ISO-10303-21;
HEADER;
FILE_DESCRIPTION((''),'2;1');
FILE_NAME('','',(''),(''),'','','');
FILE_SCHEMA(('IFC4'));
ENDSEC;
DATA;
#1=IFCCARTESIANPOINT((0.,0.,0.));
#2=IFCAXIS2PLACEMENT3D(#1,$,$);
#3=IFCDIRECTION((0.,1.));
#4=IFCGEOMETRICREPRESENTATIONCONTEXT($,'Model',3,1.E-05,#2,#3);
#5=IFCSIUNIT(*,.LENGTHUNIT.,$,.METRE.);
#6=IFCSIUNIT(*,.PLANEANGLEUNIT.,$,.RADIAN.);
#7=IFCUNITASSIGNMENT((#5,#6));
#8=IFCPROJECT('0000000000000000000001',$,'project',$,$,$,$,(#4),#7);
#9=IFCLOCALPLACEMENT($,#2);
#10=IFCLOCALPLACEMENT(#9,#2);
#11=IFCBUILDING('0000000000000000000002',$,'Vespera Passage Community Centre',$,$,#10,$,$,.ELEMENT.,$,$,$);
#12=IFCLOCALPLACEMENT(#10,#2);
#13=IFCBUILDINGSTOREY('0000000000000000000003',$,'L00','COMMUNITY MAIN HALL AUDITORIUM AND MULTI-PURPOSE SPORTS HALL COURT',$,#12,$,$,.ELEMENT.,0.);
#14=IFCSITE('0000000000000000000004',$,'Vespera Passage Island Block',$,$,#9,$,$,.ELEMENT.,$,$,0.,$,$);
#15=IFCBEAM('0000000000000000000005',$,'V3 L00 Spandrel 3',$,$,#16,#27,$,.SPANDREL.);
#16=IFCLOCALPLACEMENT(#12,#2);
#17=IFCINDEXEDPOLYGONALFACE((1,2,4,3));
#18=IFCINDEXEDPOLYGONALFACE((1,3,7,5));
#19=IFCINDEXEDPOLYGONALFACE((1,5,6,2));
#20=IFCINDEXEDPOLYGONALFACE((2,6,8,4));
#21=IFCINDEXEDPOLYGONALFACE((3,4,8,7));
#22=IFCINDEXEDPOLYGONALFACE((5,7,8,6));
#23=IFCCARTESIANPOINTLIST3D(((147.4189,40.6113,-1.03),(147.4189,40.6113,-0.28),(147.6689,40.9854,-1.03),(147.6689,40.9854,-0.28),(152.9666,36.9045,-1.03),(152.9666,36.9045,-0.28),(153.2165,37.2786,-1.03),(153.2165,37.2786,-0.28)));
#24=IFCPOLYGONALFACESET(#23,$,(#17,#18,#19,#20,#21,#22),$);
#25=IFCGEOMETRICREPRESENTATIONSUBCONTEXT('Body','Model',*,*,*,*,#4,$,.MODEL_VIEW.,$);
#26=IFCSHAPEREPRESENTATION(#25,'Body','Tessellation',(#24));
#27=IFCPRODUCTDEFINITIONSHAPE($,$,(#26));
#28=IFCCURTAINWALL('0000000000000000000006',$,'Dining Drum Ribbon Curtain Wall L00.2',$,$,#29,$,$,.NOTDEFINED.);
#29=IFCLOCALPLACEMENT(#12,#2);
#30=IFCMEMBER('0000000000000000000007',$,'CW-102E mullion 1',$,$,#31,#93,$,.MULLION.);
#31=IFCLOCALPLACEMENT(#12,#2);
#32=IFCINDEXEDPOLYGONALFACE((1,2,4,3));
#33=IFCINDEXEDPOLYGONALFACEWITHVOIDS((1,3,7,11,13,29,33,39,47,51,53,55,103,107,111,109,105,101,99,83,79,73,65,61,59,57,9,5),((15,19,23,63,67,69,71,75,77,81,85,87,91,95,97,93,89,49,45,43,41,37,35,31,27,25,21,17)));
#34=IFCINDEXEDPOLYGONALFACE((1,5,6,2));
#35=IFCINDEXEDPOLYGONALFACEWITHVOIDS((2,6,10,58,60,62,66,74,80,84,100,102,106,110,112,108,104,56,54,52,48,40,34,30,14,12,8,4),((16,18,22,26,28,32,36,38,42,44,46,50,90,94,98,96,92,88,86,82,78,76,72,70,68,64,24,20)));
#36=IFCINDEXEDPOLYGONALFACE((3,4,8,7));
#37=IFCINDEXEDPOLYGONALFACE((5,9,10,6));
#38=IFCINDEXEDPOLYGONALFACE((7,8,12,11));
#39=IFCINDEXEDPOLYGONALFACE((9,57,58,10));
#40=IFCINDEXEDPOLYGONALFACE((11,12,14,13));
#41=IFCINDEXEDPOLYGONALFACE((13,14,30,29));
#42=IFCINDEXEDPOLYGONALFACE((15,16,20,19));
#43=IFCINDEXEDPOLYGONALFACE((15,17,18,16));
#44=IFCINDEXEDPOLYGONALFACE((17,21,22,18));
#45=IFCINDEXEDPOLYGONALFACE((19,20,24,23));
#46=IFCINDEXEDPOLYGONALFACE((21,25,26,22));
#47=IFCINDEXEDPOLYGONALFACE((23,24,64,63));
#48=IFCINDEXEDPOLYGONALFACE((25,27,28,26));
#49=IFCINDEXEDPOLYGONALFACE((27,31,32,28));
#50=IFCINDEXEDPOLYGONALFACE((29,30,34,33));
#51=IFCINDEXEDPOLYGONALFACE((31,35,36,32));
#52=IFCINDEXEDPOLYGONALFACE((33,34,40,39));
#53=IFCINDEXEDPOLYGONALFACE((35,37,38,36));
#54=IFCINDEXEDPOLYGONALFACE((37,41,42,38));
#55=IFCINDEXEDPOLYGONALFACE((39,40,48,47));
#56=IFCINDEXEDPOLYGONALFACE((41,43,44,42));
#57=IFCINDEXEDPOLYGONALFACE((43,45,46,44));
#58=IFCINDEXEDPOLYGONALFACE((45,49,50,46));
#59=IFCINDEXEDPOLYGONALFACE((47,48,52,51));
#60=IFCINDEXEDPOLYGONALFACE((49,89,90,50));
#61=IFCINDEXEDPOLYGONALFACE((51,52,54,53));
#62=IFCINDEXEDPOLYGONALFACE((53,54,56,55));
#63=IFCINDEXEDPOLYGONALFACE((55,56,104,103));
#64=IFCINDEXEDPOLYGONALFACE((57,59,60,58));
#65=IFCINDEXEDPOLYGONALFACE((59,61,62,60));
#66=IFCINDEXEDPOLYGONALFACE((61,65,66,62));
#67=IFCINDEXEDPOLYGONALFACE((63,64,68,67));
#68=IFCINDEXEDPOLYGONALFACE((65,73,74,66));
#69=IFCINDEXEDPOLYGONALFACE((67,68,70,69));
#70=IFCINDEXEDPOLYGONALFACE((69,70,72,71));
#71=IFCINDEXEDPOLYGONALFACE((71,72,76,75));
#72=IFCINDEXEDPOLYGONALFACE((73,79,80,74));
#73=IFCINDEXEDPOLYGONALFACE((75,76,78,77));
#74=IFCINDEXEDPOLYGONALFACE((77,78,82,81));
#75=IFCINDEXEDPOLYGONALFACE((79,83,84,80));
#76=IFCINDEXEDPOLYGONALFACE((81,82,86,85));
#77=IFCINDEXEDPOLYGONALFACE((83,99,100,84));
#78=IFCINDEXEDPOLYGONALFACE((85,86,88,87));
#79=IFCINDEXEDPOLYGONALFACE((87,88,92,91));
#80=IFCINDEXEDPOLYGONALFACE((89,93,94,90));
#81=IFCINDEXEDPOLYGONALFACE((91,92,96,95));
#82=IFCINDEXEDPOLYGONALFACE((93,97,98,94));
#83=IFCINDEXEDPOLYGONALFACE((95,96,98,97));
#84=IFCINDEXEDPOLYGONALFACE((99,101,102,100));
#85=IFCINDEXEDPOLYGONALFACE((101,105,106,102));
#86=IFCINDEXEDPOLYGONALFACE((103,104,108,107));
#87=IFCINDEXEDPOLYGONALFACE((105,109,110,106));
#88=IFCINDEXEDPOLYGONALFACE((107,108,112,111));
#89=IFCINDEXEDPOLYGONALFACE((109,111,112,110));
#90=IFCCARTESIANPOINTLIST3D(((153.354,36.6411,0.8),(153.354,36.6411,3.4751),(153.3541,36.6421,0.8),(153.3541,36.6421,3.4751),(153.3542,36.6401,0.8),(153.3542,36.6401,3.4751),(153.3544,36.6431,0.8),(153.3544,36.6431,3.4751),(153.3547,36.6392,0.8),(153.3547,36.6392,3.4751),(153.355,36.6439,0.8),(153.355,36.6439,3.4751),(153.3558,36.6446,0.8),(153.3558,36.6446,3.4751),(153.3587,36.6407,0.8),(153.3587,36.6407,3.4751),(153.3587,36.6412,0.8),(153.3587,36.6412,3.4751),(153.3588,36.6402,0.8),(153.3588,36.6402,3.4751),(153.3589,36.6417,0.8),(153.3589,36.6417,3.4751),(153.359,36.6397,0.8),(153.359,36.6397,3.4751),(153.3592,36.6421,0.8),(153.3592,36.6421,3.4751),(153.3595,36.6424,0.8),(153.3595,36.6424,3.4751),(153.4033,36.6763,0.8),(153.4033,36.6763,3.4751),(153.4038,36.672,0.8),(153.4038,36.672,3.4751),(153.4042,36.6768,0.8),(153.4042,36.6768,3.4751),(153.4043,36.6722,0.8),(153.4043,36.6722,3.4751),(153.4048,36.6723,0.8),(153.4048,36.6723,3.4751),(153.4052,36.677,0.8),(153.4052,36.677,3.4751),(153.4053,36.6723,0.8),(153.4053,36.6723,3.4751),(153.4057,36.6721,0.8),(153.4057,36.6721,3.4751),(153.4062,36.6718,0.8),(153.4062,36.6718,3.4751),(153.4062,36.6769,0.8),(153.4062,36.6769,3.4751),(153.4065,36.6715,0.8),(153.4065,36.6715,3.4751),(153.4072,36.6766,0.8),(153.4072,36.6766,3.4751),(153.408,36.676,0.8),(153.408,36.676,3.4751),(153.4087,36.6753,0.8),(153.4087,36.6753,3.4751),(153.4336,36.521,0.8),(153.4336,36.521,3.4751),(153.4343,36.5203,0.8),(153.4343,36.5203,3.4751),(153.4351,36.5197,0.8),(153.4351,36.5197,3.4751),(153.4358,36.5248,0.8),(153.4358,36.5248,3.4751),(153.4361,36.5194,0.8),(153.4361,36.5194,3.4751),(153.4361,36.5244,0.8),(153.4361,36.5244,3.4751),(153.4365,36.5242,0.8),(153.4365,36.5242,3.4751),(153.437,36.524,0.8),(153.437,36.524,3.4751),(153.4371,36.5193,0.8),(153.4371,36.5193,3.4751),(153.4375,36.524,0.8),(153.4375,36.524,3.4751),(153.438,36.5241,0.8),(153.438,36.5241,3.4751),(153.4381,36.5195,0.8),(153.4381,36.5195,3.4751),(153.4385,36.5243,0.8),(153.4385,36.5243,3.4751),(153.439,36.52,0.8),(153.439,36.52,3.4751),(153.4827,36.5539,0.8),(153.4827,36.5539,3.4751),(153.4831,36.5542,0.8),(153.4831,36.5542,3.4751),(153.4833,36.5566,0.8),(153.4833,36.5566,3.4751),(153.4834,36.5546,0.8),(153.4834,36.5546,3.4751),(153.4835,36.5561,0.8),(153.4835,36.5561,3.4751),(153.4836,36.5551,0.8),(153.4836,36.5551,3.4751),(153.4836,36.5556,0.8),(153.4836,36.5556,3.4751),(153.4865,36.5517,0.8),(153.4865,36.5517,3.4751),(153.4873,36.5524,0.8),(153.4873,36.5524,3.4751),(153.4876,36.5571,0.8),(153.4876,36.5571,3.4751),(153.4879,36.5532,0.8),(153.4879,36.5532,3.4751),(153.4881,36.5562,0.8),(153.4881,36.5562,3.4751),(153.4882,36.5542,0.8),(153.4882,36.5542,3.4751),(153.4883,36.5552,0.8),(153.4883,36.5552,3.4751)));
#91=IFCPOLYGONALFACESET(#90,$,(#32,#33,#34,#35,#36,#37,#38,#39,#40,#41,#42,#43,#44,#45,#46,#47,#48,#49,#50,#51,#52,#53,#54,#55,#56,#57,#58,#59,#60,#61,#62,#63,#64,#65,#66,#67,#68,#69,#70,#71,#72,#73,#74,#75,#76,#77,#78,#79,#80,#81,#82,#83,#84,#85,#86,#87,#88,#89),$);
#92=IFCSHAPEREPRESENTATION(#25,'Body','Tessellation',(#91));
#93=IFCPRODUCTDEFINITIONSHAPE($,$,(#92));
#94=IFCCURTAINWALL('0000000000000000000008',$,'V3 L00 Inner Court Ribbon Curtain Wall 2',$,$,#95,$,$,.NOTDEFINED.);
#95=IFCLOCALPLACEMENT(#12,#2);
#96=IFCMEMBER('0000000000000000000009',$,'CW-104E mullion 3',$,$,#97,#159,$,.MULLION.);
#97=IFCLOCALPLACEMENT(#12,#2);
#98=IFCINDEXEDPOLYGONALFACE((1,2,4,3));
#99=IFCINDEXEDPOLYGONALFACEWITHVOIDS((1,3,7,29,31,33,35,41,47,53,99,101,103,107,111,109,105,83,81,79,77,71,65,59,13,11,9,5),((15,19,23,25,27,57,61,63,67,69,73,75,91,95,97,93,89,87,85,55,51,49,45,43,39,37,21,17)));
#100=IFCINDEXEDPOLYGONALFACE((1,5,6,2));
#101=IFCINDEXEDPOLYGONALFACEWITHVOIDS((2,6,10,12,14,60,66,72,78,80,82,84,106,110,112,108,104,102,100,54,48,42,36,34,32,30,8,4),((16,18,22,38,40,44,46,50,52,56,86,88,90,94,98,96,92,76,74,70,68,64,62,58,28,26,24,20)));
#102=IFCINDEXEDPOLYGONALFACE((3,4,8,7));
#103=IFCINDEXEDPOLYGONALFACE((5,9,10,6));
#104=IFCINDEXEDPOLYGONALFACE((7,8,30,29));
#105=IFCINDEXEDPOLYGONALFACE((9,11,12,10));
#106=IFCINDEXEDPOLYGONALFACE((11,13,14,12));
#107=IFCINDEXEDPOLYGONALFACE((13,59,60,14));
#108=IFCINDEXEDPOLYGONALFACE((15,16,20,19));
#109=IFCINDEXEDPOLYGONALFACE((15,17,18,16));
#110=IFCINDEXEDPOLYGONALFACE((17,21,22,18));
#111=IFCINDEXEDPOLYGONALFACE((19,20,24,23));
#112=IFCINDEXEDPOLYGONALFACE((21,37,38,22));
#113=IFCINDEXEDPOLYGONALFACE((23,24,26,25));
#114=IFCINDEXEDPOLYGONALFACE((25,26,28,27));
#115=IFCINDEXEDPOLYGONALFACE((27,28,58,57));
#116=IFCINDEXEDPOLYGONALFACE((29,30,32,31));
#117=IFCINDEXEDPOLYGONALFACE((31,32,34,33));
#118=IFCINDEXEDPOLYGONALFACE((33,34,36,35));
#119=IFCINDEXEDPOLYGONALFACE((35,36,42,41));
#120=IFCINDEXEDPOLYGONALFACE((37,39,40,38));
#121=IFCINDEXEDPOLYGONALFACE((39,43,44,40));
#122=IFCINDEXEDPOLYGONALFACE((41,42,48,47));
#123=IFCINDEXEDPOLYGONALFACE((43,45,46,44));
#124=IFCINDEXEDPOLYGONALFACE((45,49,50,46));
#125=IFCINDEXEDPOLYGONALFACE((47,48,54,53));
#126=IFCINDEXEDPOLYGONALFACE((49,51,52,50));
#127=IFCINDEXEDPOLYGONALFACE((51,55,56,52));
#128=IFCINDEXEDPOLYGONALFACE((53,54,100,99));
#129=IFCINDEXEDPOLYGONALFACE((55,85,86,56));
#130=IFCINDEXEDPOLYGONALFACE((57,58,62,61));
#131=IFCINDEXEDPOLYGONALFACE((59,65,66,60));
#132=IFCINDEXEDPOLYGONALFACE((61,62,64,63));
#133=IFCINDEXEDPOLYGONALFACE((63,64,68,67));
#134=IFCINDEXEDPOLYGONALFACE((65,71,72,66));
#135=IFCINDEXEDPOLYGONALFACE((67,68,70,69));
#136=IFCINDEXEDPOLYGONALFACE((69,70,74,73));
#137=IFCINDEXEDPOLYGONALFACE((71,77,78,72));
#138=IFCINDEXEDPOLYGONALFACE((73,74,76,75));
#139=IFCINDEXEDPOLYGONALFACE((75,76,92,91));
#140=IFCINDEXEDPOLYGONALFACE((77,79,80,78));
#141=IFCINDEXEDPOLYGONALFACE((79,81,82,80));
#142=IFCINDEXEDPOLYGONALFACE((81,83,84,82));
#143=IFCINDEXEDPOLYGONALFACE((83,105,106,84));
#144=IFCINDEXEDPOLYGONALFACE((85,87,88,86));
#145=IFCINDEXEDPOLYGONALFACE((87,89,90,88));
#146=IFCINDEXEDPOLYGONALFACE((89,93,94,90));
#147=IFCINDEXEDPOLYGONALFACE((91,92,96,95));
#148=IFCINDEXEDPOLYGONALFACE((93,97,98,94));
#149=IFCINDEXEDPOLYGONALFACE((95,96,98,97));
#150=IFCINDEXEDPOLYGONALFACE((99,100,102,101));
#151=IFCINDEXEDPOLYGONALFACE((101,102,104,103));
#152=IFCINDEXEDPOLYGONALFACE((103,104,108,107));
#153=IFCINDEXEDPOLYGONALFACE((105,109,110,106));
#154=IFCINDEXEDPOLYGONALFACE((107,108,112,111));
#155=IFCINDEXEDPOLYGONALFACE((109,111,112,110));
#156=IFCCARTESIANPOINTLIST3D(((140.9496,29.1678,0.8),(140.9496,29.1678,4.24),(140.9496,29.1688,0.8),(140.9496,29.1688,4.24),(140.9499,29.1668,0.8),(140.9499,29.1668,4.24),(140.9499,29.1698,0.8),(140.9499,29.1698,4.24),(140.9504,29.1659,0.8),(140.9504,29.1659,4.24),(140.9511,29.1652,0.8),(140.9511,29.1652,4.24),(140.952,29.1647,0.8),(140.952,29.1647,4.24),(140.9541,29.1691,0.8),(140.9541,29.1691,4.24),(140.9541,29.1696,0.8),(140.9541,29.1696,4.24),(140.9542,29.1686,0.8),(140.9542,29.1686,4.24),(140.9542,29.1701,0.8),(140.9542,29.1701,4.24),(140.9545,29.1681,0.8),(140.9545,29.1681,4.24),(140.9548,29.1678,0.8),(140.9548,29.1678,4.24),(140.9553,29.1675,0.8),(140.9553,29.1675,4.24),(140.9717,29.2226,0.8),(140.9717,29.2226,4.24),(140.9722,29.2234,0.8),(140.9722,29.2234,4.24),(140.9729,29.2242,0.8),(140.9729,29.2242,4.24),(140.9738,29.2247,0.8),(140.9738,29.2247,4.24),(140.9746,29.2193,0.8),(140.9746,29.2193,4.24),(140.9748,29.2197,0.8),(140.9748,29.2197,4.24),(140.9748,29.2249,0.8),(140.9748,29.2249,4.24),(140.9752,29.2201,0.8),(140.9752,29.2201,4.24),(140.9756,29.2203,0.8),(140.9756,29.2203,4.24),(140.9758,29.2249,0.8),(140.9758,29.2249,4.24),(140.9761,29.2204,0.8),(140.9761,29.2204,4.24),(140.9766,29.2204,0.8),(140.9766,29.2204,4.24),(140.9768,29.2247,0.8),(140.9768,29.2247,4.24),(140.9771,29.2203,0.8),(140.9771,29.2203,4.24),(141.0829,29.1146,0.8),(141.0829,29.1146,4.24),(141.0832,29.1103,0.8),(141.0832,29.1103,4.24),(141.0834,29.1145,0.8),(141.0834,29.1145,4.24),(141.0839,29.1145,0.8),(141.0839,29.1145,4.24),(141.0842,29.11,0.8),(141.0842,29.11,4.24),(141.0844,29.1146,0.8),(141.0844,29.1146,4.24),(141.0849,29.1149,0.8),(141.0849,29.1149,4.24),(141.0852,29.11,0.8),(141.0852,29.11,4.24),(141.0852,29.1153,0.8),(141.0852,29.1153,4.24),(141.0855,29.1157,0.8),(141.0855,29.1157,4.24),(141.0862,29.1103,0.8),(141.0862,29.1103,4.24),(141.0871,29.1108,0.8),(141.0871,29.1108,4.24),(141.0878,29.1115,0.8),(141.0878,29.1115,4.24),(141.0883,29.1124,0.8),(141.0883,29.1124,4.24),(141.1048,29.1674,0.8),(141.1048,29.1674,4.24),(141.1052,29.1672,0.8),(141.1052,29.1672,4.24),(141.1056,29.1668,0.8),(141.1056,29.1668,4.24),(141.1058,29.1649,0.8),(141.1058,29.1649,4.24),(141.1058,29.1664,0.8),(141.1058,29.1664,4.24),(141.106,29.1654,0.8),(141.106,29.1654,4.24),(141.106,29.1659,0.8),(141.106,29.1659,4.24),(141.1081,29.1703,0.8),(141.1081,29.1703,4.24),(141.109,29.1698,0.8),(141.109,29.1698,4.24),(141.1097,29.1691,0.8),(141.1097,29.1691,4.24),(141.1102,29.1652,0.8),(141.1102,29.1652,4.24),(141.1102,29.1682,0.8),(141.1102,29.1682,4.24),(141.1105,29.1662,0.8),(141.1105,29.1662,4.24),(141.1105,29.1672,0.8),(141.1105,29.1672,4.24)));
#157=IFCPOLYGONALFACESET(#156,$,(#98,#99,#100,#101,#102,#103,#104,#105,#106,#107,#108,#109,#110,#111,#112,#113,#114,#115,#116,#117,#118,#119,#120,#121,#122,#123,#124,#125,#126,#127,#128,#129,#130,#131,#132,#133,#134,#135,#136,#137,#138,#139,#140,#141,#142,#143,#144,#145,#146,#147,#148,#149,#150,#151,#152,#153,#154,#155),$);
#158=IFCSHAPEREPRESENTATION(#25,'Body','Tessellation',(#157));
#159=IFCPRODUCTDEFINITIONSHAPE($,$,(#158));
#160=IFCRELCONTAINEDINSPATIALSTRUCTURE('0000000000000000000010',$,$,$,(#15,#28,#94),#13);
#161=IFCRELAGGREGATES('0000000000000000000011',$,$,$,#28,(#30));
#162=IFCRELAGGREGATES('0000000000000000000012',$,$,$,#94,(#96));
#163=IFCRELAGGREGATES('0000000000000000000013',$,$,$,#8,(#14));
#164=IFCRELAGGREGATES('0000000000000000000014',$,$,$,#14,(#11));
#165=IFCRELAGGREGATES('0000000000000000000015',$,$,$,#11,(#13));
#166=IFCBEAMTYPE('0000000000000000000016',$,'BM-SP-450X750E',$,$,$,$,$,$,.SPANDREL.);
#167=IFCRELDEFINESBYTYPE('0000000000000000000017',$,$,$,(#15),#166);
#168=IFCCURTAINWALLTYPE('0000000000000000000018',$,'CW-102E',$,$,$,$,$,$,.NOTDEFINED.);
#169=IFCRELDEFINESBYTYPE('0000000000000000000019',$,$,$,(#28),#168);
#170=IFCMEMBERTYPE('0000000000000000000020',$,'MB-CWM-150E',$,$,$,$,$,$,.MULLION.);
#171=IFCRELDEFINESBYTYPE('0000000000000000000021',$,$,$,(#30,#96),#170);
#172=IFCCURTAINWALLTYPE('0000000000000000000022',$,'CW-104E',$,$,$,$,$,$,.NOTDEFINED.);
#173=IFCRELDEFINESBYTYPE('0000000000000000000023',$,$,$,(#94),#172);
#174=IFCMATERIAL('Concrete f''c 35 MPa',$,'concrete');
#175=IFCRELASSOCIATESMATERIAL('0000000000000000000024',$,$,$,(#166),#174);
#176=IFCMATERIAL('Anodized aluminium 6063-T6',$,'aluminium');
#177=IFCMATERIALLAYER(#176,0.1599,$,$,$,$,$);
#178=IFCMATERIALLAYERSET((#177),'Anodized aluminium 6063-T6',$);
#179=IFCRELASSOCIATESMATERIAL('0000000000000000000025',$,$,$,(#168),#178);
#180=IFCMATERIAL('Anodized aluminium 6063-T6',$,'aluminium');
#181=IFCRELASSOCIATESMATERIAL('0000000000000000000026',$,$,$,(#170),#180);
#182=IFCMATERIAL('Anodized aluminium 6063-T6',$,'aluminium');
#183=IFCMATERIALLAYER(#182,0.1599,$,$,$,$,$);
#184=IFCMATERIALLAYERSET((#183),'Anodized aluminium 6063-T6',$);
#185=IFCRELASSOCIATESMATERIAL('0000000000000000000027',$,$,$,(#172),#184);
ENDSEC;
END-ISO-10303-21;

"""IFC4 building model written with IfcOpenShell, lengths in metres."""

from ifc_helpers import new_model, si_unit, direction, frame, origin, origin_2d, place, context, subcontext, project, spatial, rectangle, hollow_rectangle, extrude, material, layer, layer_set, material_profile, profile_set, type_object, element, aggregate, save


model = new_model("IFC4")

# Units and contexts
model_context = context("Model", 3, precision=1e-05, world=origin(), true_north=direction((0.0, 1.0)))
body_context = subcontext(model_context, "Body", "Model", "MODEL_VIEW")
ifc_project = project(units=[si_unit("LENGTHUNIT", "METRE"), si_unit("PLANEANGLEUNIT", "RADIAN")], contexts=[model_context])

# Site, building, storey
site_placement = place(None, origin())
site = spatial("IfcSite", under=ifc_project, at=site_placement, Name="Vespera Passage Island Block", CompositionType="ELEMENT", RefElevation=0.0)
building_placement = place(site_placement, origin())
building = spatial("IfcBuilding", under=site, at=building_placement, Name="Vespera Passage Community Centre", CompositionType="ELEMENT")
storey_placement = place(building_placement, origin())
storey = spatial("IfcBuildingStorey", under=building, at=storey_placement, Name="L00", Description="COMMUNITY MAIN HALL AUDITORIUM AND MULTI-PURPOSE SPORTS HALL COURT", CompositionType="ELEMENT", Elevation=0.0)

# Beam
ifc_material_1 = material(Name="Concrete f'c 35 MPa", Category="concrete")
ifc_material_profile_1 = material_profile(ifc_material_1, rectangle(XDim=0.45, YDim=0.75, at=origin_2d()), Name="RC450X750")
ifc_profile_set_1 = profile_set([ifc_material_profile_1], Name="Concrete f'c 35 MPa")
beam_type_1 = type_object("IfcBeamType", Name="BM-SP-450X750E", PredefinedType="SPANDREL", material=ifc_profile_set_1)
beam_1_placement = place(storey_placement, frame((153.0916, 37.0916, -0.655), z_axis=(-0.83147, 0.55557, 0.0), x_axis=(-0.55557, -0.83147, 0.0)))
element("IfcBeam", 1, at=beam_1_placement, inside=storey, type_object=beam_type_1, Name="V3 L00 Spandrel 3", PredefinedType="SPANDREL", context=body_context, shape_type="SweptSolid", body=[
    extrude(rectangle(XDim=0.45, YDim=0.75, at=origin_2d()), origin(), (0.0, 0.0, 1.0), 6.6721),
])

# Curtain walls, members
ifc_material_2 = material(Name="Anodized aluminium 6063-T6", Category="aluminium")
ifc_layer_1 = layer(ifc_material_2, 0.1599)
ifc_layer_set_1 = layer_set([ifc_layer_1], Name="Anodized aluminium 6063-T6")
curtain_wall_type_1 = type_object("IfcCurtainWallType", Name="CW-102E", PredefinedType="NOTDEFINED", material=ifc_layer_set_1)
curtain_wall_1_placement = place(storey_placement, origin())
curtain_wall_1 = element("IfcCurtainWall", 2, at=curtain_wall_1_placement, inside=storey, type_object=curtain_wall_type_1, Name="Dining Drum Ribbon Curtain Wall L00.2", PredefinedType="NOTDEFINED")
ifc_material_3 = material(Name="Anodized aluminium 6063-T6", Category="aluminium")
ifc_material_profile_2 = material_profile(ifc_material_3, hollow_rectangle(XDim=0.0649, YDim=0.1499, WallThickness=0.0039, InnerFilletRadius=0.002, OuterFilletRadius=0.0039, at=origin_2d()), Name="ALU150X65X4")
ifc_profile_set_2 = profile_set([ifc_material_profile_2], Name="Anodized aluminium 6063-T6")
member_type_1 = type_object("IfcMemberType", Name="MB-CWM-150E", PredefinedType="MULLION", material=ifc_profile_set_2)
member_1_placement = place(storey_placement, frame((153.4211, 36.5981, 0.8), z_axis=(0.0, 0.0, 1.0), x_axis=(0.831473, 0.555565, 0.0)))
member_1 = element("IfcMember", 3, at=member_1_placement, type_object=member_type_1, Name="CW-102E mullion 1", PredefinedType="MULLION", context=body_context, shape_type="SweptSolid", body=[
    extrude(hollow_rectangle(XDim=0.0649, YDim=0.1499, WallThickness=0.0039, InnerFilletRadius=0.002, OuterFilletRadius=0.0039, at=origin_2d()), origin(), (0.0, 0.0, 1.0), 2.675),
])
ifc_material_4 = material(Name="Anodized aluminium 6063-T6", Category="aluminium")
ifc_layer_2 = layer(ifc_material_4, 0.1599)
ifc_layer_set_2 = layer_set([ifc_layer_2], Name="Anodized aluminium 6063-T6")
curtain_wall_type_2 = type_object("IfcCurtainWallType", Name="CW-104E", PredefinedType="NOTDEFINED", material=ifc_layer_set_2)
curtain_wall_2_placement = place(storey_placement, origin())
curtain_wall_2 = element("IfcCurtainWall", 4, at=curtain_wall_2_placement, inside=storey, type_object=curtain_wall_type_2, Name="V3 L00 Inner Court Ribbon Curtain Wall 2", PredefinedType="NOTDEFINED")
member_2_placement = place(storey_placement, frame((141.03, 29.1675, 0.8), z_axis=(0.0, 0.0, 1.0), x_axis=(-0.382686, -0.923879, 0.0)))
member_2 = element("IfcMember", 5, at=member_2_placement, type_object=member_type_1, Name="CW-104E mullion 3", PredefinedType="MULLION", context=body_context, shape_type="SweptSolid", body=[
    extrude(hollow_rectangle(XDim=0.0649, YDim=0.1499, WallThickness=0.0039, InnerFilletRadius=0.002, OuterFilletRadius=0.0039, at=origin_2d()), origin(), (0.0, 0.0, 1.0), 3.4399),
])

aggregate(curtain_wall_1, [member_1])

aggregate(curtain_wall_2, [member_2])

save(model, "model.ifc")
